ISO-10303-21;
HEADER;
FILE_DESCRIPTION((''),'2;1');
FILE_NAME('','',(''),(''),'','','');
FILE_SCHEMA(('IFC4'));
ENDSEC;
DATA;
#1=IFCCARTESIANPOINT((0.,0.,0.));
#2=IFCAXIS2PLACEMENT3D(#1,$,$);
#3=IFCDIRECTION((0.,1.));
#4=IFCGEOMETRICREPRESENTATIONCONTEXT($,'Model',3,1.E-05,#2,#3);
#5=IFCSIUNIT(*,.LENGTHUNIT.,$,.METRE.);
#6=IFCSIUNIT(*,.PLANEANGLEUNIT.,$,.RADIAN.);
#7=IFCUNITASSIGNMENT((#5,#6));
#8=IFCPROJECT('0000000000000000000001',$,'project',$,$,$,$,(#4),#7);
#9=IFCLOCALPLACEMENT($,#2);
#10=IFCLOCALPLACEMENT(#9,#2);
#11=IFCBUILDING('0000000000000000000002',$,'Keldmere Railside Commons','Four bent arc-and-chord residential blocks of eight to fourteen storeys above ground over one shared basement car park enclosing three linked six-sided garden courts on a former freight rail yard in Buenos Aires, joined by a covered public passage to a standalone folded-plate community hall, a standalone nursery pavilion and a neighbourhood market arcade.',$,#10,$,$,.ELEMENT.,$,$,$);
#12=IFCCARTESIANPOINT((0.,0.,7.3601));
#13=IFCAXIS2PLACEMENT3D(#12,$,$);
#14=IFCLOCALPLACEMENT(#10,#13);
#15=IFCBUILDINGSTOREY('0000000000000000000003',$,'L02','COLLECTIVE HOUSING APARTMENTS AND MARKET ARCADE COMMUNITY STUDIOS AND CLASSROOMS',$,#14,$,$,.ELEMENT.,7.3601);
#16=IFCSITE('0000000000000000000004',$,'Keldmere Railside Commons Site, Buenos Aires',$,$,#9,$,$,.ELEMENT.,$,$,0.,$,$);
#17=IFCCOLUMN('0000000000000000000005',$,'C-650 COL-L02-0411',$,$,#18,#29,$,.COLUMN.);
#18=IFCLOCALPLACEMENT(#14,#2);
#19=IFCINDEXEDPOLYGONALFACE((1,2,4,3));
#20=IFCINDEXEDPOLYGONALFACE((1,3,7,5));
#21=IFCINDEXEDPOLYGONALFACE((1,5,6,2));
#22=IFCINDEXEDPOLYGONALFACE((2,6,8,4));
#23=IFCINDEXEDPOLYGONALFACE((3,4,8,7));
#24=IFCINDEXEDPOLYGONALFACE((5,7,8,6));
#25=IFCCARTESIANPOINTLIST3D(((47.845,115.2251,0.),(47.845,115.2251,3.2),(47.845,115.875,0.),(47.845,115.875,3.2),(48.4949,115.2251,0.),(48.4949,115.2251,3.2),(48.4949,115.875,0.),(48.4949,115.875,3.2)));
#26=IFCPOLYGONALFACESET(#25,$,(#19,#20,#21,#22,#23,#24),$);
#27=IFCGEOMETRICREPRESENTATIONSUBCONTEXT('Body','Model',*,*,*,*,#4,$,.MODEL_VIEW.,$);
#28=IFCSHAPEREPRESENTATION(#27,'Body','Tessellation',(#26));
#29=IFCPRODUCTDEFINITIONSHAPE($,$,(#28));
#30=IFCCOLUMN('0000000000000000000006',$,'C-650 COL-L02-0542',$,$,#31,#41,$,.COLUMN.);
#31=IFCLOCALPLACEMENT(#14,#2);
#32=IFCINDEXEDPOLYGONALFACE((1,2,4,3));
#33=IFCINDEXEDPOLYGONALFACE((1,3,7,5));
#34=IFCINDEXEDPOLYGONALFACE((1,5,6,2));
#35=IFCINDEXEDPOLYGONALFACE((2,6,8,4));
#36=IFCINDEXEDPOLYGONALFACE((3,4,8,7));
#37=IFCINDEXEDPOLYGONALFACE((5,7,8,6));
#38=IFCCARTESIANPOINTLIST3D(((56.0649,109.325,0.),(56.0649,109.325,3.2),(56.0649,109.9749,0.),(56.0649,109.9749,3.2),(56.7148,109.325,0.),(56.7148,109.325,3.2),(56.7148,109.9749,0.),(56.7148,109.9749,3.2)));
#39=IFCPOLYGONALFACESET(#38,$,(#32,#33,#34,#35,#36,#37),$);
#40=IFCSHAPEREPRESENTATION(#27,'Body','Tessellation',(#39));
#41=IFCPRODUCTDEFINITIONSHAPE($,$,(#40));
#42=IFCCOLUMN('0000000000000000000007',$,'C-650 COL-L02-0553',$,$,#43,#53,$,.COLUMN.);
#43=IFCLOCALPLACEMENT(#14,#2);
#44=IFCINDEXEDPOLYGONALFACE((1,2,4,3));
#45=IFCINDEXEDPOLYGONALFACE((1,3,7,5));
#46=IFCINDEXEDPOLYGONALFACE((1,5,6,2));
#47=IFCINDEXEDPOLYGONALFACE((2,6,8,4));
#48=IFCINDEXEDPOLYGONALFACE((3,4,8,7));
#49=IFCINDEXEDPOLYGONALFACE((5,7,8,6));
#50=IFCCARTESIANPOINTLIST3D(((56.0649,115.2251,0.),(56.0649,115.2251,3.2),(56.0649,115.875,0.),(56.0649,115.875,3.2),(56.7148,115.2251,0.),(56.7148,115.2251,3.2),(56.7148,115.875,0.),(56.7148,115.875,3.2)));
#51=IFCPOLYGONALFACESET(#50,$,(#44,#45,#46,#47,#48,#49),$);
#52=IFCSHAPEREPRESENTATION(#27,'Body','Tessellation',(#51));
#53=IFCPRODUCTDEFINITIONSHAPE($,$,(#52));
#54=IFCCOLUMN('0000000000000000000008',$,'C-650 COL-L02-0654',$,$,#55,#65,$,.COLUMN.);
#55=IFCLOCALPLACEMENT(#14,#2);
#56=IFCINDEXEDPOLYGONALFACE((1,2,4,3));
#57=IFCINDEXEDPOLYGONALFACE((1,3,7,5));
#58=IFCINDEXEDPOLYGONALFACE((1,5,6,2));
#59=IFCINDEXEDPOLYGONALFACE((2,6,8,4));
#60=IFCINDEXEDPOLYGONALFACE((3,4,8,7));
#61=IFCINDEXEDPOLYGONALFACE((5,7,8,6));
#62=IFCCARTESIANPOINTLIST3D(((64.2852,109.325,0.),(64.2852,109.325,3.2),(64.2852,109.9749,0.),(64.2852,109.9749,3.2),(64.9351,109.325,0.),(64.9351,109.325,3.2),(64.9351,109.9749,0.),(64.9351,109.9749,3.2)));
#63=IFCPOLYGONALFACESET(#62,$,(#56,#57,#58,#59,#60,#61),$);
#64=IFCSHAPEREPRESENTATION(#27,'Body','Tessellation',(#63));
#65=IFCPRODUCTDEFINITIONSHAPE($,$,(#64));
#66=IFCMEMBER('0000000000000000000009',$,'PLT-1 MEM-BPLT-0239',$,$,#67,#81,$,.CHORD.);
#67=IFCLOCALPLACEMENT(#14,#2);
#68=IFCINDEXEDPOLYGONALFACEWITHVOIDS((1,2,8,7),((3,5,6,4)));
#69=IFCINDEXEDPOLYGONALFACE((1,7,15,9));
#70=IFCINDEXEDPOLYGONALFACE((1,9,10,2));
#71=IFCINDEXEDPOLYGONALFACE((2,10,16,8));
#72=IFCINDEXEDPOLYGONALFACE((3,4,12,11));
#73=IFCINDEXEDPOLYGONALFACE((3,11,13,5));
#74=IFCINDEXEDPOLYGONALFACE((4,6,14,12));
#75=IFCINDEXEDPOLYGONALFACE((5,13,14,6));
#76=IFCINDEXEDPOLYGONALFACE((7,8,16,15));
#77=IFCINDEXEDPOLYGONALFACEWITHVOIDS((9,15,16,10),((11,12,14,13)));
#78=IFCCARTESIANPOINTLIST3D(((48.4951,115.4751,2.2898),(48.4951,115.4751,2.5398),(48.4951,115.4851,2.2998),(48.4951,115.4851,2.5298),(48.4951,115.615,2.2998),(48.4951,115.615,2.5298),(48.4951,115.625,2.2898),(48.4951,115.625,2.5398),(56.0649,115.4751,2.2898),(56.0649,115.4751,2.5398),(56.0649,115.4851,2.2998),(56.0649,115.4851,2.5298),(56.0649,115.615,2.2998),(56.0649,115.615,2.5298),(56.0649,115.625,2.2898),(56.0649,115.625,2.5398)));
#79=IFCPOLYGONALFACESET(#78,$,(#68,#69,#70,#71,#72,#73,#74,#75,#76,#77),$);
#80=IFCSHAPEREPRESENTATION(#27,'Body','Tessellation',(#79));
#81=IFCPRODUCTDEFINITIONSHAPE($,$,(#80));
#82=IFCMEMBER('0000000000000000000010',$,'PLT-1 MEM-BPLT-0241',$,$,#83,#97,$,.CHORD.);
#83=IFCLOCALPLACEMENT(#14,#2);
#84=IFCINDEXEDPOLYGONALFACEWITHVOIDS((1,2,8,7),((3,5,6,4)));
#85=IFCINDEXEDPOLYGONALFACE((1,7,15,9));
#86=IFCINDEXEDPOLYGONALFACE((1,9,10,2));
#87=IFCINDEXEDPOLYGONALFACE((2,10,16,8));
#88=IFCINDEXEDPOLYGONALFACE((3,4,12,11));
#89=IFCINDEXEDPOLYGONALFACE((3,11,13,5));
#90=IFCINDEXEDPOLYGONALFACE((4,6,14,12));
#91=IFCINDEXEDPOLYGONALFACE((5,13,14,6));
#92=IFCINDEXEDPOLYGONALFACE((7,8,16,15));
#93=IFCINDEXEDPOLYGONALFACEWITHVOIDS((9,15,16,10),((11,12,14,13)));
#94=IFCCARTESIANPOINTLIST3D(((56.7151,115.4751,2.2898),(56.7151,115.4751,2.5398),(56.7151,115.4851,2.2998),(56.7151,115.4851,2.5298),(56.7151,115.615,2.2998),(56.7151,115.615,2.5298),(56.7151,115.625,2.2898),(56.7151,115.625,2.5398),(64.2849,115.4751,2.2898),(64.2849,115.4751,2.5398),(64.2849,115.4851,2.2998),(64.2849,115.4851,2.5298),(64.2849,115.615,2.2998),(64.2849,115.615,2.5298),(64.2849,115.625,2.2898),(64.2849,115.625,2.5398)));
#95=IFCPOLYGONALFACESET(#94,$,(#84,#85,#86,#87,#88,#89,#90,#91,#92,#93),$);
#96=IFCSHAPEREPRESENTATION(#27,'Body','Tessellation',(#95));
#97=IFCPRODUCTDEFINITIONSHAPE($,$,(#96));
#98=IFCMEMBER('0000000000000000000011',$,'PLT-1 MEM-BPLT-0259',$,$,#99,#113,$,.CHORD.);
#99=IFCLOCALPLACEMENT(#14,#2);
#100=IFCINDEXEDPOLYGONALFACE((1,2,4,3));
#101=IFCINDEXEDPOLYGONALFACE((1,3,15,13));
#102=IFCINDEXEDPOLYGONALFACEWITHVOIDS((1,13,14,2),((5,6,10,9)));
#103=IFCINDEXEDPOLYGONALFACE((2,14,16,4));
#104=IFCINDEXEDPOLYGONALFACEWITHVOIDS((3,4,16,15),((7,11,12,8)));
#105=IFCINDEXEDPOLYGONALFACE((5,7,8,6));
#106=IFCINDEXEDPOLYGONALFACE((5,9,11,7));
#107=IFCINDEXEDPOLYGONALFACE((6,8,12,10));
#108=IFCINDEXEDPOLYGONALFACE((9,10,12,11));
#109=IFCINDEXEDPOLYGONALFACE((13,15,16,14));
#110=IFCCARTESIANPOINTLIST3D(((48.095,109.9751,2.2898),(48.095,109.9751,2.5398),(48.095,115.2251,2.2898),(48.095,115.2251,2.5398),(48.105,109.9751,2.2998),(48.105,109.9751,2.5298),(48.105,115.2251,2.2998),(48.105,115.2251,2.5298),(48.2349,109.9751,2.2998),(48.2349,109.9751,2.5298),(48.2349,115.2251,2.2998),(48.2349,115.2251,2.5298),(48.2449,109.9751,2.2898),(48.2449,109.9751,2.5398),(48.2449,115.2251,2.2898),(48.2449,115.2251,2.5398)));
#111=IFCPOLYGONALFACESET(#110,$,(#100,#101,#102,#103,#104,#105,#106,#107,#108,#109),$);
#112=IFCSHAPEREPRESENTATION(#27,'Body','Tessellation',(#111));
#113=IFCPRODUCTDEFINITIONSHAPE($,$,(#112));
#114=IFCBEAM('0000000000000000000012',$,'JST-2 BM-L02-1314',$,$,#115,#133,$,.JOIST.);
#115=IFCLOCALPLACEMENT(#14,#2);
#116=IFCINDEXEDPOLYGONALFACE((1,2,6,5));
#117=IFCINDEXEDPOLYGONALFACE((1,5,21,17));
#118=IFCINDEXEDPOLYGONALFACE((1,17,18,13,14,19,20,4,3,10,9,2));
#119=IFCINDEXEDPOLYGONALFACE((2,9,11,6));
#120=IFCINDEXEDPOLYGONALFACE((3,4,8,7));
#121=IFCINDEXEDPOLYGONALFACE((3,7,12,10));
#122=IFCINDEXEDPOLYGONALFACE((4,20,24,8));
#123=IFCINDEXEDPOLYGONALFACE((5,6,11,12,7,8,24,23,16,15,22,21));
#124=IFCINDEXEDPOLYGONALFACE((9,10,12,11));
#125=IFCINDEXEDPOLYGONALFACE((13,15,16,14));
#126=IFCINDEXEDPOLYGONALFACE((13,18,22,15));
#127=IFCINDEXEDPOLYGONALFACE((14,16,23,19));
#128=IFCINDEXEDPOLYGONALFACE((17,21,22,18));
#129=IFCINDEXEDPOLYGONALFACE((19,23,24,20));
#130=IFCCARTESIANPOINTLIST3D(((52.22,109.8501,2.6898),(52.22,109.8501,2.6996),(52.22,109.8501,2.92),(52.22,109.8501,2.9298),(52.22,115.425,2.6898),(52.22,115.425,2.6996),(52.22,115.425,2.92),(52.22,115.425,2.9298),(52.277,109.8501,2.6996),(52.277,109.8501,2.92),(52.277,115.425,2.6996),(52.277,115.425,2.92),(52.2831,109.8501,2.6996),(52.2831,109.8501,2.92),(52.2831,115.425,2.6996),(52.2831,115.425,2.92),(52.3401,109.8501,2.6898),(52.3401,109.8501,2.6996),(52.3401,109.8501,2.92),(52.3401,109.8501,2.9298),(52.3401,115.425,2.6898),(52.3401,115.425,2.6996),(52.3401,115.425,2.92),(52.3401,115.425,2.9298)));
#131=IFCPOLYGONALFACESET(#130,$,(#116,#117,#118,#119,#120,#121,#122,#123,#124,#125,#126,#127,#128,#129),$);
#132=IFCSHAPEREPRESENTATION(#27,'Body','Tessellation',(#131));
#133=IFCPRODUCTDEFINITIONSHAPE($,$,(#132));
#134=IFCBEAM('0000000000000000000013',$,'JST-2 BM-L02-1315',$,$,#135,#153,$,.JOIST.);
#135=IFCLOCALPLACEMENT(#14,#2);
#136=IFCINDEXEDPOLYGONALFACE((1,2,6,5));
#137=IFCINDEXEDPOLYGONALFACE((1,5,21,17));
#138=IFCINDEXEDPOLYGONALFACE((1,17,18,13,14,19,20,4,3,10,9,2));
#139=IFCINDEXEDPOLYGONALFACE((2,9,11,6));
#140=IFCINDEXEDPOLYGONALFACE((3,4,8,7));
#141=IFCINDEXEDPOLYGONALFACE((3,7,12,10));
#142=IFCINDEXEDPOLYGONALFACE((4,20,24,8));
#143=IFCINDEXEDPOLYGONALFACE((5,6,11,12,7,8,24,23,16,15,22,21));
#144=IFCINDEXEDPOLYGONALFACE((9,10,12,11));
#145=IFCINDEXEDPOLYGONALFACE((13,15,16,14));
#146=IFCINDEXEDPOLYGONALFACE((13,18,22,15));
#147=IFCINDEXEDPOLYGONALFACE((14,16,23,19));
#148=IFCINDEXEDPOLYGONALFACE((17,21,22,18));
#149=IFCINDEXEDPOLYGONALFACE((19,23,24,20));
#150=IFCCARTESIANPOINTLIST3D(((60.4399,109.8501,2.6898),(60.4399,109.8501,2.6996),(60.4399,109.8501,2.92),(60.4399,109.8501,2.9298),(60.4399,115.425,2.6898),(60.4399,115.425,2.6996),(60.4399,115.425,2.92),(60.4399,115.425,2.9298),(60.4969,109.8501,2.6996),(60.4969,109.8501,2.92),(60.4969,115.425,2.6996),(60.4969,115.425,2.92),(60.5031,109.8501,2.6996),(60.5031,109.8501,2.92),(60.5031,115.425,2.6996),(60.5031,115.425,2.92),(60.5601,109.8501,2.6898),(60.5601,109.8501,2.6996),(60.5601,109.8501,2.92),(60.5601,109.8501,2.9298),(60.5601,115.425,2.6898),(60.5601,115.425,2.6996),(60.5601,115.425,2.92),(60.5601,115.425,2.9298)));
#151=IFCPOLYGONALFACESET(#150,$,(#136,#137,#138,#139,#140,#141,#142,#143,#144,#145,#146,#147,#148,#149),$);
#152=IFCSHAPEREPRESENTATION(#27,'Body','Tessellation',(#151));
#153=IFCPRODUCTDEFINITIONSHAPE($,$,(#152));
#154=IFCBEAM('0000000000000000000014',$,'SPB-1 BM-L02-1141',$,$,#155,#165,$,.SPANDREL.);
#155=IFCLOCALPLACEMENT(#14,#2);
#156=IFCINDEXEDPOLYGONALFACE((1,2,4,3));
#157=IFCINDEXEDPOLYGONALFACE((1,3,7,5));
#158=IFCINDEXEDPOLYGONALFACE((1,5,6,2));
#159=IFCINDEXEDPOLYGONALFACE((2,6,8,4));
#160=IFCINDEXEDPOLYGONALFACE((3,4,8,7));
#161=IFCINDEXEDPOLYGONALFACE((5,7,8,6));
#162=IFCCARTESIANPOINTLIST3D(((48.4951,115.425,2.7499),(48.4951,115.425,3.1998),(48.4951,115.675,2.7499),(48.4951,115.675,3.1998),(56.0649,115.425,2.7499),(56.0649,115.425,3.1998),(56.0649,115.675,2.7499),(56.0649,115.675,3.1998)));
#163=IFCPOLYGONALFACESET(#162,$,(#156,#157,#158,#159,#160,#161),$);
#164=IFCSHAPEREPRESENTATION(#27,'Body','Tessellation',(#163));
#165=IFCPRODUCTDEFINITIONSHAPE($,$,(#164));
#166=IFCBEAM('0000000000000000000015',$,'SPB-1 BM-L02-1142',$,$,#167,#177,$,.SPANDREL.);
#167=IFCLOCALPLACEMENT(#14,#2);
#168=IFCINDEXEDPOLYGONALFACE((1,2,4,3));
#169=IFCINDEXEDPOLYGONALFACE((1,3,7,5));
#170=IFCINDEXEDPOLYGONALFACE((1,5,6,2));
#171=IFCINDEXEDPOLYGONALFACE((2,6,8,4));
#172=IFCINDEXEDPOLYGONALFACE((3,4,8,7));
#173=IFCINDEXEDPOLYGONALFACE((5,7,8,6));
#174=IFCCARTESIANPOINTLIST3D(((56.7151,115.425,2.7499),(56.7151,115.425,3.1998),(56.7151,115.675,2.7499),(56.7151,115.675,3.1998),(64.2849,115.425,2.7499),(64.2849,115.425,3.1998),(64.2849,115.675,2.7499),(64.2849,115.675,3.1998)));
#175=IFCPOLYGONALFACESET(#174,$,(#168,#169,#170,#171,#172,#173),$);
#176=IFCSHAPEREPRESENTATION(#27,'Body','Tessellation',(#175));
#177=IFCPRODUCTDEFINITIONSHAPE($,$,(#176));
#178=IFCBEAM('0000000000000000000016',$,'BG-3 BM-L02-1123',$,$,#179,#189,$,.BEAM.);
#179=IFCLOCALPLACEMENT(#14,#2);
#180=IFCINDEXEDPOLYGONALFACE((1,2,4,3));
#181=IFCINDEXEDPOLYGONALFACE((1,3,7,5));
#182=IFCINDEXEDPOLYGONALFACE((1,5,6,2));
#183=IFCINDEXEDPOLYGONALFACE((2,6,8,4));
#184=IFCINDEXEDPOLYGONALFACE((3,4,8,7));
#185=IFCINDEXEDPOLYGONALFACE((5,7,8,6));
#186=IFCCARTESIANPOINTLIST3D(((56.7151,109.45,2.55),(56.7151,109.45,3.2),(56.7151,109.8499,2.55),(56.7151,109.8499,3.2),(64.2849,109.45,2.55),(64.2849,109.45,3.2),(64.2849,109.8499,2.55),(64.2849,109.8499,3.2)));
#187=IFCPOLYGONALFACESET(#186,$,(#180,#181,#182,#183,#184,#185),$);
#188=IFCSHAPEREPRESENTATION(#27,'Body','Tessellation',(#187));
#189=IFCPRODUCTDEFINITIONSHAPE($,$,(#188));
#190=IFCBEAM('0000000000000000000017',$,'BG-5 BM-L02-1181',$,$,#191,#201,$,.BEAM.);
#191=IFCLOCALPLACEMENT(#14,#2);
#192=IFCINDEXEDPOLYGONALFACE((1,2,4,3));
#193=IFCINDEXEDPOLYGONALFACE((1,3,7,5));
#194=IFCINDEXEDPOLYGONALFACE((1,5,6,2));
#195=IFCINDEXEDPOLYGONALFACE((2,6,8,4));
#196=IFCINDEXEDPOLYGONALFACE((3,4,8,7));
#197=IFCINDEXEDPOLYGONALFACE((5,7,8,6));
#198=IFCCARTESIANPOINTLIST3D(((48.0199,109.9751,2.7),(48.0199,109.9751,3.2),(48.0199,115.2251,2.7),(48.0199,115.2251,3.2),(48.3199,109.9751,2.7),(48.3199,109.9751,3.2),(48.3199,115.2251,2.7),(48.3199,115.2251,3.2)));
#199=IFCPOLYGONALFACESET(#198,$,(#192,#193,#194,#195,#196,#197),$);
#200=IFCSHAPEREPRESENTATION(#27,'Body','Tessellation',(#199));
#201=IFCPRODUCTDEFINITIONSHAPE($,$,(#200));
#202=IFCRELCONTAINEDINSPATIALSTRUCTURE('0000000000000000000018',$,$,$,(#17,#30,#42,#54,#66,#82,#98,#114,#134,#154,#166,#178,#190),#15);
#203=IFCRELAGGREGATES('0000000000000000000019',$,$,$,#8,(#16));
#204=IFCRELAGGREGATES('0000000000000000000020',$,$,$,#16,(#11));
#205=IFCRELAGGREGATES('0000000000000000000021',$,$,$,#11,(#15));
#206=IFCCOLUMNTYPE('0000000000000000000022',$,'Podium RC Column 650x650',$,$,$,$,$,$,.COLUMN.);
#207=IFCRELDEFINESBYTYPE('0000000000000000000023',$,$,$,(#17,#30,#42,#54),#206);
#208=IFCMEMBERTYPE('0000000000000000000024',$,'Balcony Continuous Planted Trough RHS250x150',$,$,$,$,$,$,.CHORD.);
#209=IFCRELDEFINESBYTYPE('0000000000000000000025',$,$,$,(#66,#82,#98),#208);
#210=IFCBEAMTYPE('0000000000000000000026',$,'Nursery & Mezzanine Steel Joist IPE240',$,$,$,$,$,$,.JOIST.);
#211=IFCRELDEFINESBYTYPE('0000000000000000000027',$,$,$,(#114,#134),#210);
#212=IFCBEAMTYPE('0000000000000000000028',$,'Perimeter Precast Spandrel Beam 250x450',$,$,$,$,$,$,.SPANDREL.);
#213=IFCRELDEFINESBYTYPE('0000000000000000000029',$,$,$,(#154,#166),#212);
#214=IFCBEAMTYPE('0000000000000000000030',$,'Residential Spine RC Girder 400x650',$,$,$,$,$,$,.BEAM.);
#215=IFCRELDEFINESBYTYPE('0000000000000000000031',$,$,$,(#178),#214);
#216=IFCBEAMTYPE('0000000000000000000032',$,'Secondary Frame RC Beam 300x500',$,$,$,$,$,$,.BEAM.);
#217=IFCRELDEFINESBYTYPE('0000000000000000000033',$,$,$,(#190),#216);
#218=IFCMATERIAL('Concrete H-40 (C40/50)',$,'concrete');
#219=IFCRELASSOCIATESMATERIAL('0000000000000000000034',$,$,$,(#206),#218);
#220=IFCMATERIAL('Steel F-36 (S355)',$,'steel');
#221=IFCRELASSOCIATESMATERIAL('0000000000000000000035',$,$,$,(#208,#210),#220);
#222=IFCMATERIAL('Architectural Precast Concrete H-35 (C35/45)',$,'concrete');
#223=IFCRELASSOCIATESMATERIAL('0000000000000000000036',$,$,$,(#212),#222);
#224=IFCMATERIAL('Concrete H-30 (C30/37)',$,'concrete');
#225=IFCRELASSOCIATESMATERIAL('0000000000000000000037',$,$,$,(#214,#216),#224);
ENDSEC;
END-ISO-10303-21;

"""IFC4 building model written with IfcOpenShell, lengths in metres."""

from ifc_helpers import new_model, si_unit, direction, frame, origin, origin_2d, place, context, subcontext, project, spatial, rectangle, hollow_rectangle, i_section, extrude, material, material_profile, profile_set, type_object, element, save


model = new_model("IFC4")

# Units and contexts
model_context = context("Model", 3, precision=1e-05, world=origin(), true_north=direction((0.0, 1.0)))
body_context = subcontext(model_context, "Body", "Model", "MODEL_VIEW")
ifc_project = project(units=[si_unit("LENGTHUNIT", "METRE"), si_unit("PLANEANGLEUNIT", "RADIAN")], contexts=[model_context])

# Site, building, storey
site_placement = place(None, origin())
site = spatial("IfcSite", under=ifc_project, at=site_placement, Name="Keldmere Railside Commons Site, Buenos Aires", CompositionType="ELEMENT", RefElevation=0.0)
building_placement = place(site_placement, origin())
building = spatial("IfcBuilding", under=site, at=building_placement, Name="Keldmere Railside Commons", Description="Four bent arc-and-chord residential blocks of eight to fourteen storeys above ground over one shared basement car park enclosing three linked six-sided garden courts on a former freight rail yard in Buenos Aires, joined by a covered public passage to a standalone folded-plate community hall, a standalone nursery pavilion and a neighbourhood market arcade.", CompositionType="ELEMENT")
storey_placement = place(building_placement, frame((0.0, 0.0, 7.3601)))
storey = spatial("IfcBuildingStorey", under=building, at=storey_placement, Name="L02", Description="COLLECTIVE HOUSING APARTMENTS AND MARKET ARCADE COMMUNITY STUDIOS AND CLASSROOMS", CompositionType="ELEMENT", Elevation=7.3601)

# Columns
ifc_material_1 = material(Name="Concrete H-40 (C40/50)", Category="concrete")
ifc_material_profile_1 = material_profile(ifc_material_1, rectangle(XDim=0.6499, YDim=0.6499, at=origin_2d()), Name="RC-650x650")
ifc_profile_set_1 = profile_set([ifc_material_profile_1], Name="Concrete H-40 (C40/50)")
column_type = type_object("IfcColumnType", Name="Podium RC Column 650x650", PredefinedType="COLUMN", material=ifc_profile_set_1)
for number, where, z_axis, x_axis, name in (
    (1, (48.1699, 115.55, 0.0), (0.0, 0.0, 1.0), (1.0, 0.0, 0.0), "C-650 COL-L02-0411"),
    (2, (56.3899, 109.6499, 0.0), (0.0, 0.0, 1.0), (1.0, 0.0, 0.0), "C-650 COL-L02-0542"),
    (3, (56.3899, 115.55, 0.0), (0.0, 0.0, 1.0), (1.0, 0.0, 0.0), "C-650 COL-L02-0553"),
    (4, (64.6101, 109.6499, 0.0), (0.0, 0.0, 1.0), (1.0, 0.0, 0.0), "C-650 COL-L02-0654"),
):
    element("IfcColumn", number, at=place(storey_placement, frame(where, z_axis=z_axis, x_axis=x_axis)), inside=storey, type_object=column_type, Name=name, PredefinedType="COLUMN", context=body_context, shape_type="SweptSolid", body=[
        extrude(rectangle(XDim=0.6499, YDim=0.6499, at=origin_2d()), origin(), (0.0, 0.0, 1.0), 3.2),
    ])

# Members
ifc_material_2 = material(Name="Steel F-36 (S355)", Category="steel")
ifc_material_profile_2 = material_profile(ifc_material_2, hollow_rectangle(XDim=0.1499, YDim=0.25, WallThickness=0.01, at=origin_2d()), Name="RHS-250x150x10")
ifc_profile_set_2 = profile_set([ifc_material_profile_2], Name="Steel F-36 (S355)")
member_type_1 = type_object("IfcMemberType", Name="Balcony Continuous Planted Trough RHS250x150", PredefinedType="CHORD", material=ifc_profile_set_2)
for number, where, z_axis, x_axis, name in (
    (5, (48.4951, 115.55, 2.4148), (1.0, 0.0, 0.0), (0.0, 1.0, 0.0), "PLT-1 MEM-BPLT-0239"),
    (6, (56.7151, 115.55, 2.4148), (1.0, 0.0, 0.0), (0.0, 1.0, 0.0), "PLT-1 MEM-BPLT-0241"),
):
    element("IfcMember", number, at=place(storey_placement, frame(where, z_axis=z_axis, x_axis=x_axis)), inside=storey, type_object=member_type_1, Name=name, PredefinedType="CHORD", context=body_context, shape_type="SweptSolid", body=[
        extrude(hollow_rectangle(XDim=0.1499, YDim=0.25, WallThickness=0.01, at=origin_2d()), origin(), (0.0, 0.0, 1.0), 7.5698),
    ])
member_1_placement = place(storey_placement, frame((48.1699, 109.9751, 2.4148), z_axis=(0.0, 1.0, 0.0), x_axis=(-1.0, 0.0, 0.0)))
element("IfcMember", 7, at=member_1_placement, inside=storey, type_object=member_type_1, Name="PLT-1 MEM-BPLT-0259", PredefinedType="CHORD", context=body_context, shape_type="SweptSolid", body=[
    extrude(hollow_rectangle(XDim=0.1499, YDim=0.25, WallThickness=0.01, at=origin_2d()), origin(), (0.0, 0.0, 1.0), 5.25),
])

# Beams
ifc_material_profile_3 = material_profile(ifc_material_2, i_section(OverallWidth=0.1201, OverallDepth=0.24, WebThickness=0.0061, FlangeThickness=0.0098, at=origin_2d()), Name="IPE-240")
ifc_profile_set_3 = profile_set([ifc_material_profile_3], Name="Steel F-36 (S355)")
beam_type_1 = type_object("IfcBeamType", Name="Nursery & Mezzanine Steel Joist IPE240", PredefinedType="JOIST", material=ifc_profile_set_3)
for number, where, z_axis, x_axis, name in (
    (8, (52.28, 109.8501, 2.8098), (0.0, 1.0, 0.0), (-1.0, 0.0, 0.0), "JST-2 BM-L02-1314"),
    (9, (60.5, 109.8501, 2.8098), (0.0, 1.0, 0.0), (-1.0, 0.0, 0.0), "JST-2 BM-L02-1315"),
):
    element("IfcBeam", number, at=place(storey_placement, frame(where, z_axis=z_axis, x_axis=x_axis)), inside=storey, type_object=beam_type_1, Name=name, PredefinedType="JOIST", context=body_context, shape_type="SweptSolid", body=[
        extrude(i_section(OverallWidth=0.1201, OverallDepth=0.24, WebThickness=0.0061, FlangeThickness=0.0098, at=origin_2d()), origin(), (0.0, 0.0, 1.0), 5.575),
    ])
ifc_material_3 = material(Name="Architectural Precast Concrete H-35 (C35/45)", Category="concrete")
ifc_material_profile_4 = material_profile(ifc_material_3, rectangle(XDim=0.25, YDim=0.45, at=origin_2d()), Name="RC-250x450")
ifc_profile_set_4 = profile_set([ifc_material_profile_4], Name="Architectural Precast Concrete H-35 (C35/45)")
beam_type_2 = type_object("IfcBeamType", Name="Perimeter Precast Spandrel Beam 250x450", PredefinedType="SPANDREL", material=ifc_profile_set_4)
for number, where, z_axis, x_axis, name in (
    (10, (48.4951, 115.55, 2.9749), (1.0, 0.0, 0.0), (0.0, 1.0, 0.0), "SPB-1 BM-L02-1141"),
    (11, (56.7151, 115.55, 2.9749), (1.0, 0.0, 0.0), (0.0, 1.0, 0.0), "SPB-1 BM-L02-1142"),
):
    element("IfcBeam", number, at=place(storey_placement, frame(where, z_axis=z_axis, x_axis=x_axis)), inside=storey, type_object=beam_type_2, Name=name, PredefinedType="SPANDREL", context=body_context, shape_type="SweptSolid", body=[
        extrude(rectangle(XDim=0.25, YDim=0.45, at=origin_2d()), origin(), (0.0, 0.0, 1.0), 7.5698),
    ])
ifc_material_4 = material(Name="Concrete H-30 (C30/37)", Category="concrete")
ifc_material_profile_5 = material_profile(ifc_material_4, rectangle(XDim=0.3999, YDim=0.6499, at=origin_2d()), Name="RC-400x650")
ifc_profile_set_5 = profile_set([ifc_material_profile_5], Name="Concrete H-30 (C30/37)")
beam_type_3 = type_object("IfcBeamType", Name="Residential Spine RC Girder 400x650", PredefinedType="BEAM", material=ifc_profile_set_5)
beam_placement = place(storey_placement, frame((56.7151, 109.6499, 2.875), z_axis=(1.0, 0.0, 0.0), x_axis=(0.0, 1.0, 0.0)))
element("IfcBeam", 12, at=beam_placement, inside=storey, type_object=beam_type_3, Name="BG-3 BM-L02-1123", PredefinedType="BEAM", context=body_context, shape_type="SweptSolid", body=[
    extrude(rectangle(XDim=0.3999, YDim=0.6499, at=origin_2d()), origin(), (0.0, 0.0, 1.0), 7.5698),
])
ifc_material_profile_6 = material_profile(ifc_material_4, rectangle(XDim=0.3, YDim=0.5, at=origin_2d()), Name="RC-300x500")
ifc_profile_set_6 = profile_set([ifc_material_profile_6], Name="Concrete H-30 (C30/37)")
beam_type_4 = type_object("IfcBeamType", Name="Secondary Frame RC Beam 300x500", PredefinedType="BEAM", material=ifc_profile_set_6)
for number, where, z_axis, x_axis, name in (
    (13, (48.1699, 109.9751, 2.95), (0.0, 1.0, 0.0), (-1.0, 0.0, 0.0), "BG-5 BM-L02-1181"),
):
    element("IfcBeam", number, at=place(storey_placement, frame(where, z_axis=z_axis, x_axis=x_axis)), inside=storey, type_object=beam_type_4, Name=name, PredefinedType="BEAM", context=body_context, shape_type="SweptSolid", body=[
        extrude(rectangle(XDim=0.3, YDim=0.5, at=origin_2d()), origin(), (0.0, 0.0, 1.0), 5.25),
    ])

save(model, "model.ifc")
